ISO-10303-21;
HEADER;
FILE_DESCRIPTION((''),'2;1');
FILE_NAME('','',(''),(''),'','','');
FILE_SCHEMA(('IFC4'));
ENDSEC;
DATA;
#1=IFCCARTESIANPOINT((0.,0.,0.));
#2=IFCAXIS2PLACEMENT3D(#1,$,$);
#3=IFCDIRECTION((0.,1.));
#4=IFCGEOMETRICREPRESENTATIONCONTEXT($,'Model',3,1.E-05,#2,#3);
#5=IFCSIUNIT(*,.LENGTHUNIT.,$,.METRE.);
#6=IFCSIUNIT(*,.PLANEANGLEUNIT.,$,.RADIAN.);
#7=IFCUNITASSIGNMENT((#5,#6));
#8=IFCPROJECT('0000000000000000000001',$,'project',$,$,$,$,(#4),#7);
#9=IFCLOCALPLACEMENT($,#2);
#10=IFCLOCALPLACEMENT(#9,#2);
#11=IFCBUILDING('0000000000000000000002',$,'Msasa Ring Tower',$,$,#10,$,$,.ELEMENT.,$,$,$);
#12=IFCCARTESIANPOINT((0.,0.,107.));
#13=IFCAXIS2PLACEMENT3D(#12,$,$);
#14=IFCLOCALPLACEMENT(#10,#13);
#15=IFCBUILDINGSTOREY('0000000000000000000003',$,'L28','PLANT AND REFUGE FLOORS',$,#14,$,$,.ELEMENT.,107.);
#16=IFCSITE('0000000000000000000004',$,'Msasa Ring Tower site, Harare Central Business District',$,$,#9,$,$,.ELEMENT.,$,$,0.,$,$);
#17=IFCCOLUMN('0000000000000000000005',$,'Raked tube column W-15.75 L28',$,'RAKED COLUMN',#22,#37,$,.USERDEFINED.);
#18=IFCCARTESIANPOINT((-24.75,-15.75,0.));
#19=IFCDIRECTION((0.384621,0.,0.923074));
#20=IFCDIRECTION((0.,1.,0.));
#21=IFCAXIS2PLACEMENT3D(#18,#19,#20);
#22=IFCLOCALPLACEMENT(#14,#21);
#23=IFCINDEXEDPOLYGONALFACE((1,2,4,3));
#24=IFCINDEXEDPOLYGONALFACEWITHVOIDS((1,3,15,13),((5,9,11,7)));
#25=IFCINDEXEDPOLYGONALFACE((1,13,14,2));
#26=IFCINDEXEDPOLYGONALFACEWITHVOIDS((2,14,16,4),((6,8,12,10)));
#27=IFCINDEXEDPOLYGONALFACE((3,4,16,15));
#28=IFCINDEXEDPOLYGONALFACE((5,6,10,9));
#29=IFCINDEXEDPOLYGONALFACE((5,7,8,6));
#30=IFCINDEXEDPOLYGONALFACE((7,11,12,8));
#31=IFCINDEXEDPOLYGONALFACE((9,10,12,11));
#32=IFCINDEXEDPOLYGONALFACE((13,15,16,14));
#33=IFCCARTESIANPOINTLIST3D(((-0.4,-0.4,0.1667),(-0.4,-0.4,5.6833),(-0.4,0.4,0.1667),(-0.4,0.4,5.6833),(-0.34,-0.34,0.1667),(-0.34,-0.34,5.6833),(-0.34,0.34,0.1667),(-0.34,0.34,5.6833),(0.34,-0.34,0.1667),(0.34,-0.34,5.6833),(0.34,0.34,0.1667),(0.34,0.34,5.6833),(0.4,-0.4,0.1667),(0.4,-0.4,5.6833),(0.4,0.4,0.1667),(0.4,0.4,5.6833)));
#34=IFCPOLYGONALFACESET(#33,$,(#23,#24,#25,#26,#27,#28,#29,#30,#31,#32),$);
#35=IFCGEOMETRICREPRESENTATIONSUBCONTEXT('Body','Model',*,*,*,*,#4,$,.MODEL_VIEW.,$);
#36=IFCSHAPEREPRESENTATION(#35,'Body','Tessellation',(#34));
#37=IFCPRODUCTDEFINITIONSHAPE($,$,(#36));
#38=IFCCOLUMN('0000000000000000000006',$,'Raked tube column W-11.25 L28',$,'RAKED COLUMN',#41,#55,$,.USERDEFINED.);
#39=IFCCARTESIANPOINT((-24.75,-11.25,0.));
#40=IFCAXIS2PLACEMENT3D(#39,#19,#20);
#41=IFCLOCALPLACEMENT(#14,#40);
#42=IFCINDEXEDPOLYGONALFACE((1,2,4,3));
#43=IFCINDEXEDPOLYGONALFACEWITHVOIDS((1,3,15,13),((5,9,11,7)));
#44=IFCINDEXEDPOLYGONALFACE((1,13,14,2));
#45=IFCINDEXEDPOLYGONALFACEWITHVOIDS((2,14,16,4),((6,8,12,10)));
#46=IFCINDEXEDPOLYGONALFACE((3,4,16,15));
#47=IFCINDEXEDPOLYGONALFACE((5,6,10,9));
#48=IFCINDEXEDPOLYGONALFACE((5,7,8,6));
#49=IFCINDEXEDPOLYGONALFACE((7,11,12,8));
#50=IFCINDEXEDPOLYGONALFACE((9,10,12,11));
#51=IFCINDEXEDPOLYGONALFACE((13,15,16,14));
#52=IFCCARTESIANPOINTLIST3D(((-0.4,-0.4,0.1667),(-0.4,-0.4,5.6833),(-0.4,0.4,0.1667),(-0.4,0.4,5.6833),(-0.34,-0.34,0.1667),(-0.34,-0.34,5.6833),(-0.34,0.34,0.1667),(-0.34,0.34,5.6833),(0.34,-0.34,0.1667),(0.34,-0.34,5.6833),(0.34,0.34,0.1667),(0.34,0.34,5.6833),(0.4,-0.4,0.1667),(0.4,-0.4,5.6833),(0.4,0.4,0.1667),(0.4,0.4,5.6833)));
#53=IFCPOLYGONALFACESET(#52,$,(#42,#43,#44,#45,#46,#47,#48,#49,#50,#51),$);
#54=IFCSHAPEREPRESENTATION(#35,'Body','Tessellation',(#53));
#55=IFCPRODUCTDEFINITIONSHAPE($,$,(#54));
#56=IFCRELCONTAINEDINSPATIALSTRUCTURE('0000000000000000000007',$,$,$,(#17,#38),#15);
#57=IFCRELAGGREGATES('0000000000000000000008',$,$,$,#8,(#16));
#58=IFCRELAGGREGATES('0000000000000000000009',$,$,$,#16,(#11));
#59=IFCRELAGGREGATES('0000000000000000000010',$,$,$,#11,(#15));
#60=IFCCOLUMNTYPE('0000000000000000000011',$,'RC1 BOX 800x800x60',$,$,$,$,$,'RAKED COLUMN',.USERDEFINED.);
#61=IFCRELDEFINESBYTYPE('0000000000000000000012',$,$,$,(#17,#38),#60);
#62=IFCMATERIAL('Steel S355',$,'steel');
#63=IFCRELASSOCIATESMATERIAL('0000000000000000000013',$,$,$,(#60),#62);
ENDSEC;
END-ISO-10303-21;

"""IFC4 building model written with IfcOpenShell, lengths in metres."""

from ifc_helpers import new_model, si_unit, direction, frame, origin, origin_2d, place, context, subcontext, project, spatial, hollow_rectangle, extrude, clip, halfspace, material, material_profile, profile_set, type_object, element, save


model = new_model("IFC4")

# Units and contexts
model_context = context("Model", 3, precision=1e-05, world=origin(), true_north=direction((0.0, 1.0)))
body_context = subcontext(model_context, "Body", "Model", "MODEL_VIEW")
ifc_project = project(units=[si_unit("LENGTHUNIT", "METRE"), si_unit("PLANEANGLEUNIT", "RADIAN")], contexts=[model_context])

# Site, building, storey
site_placement = place(None, origin())
site = spatial("IfcSite", under=ifc_project, at=site_placement, Name="Msasa Ring Tower site, Harare Central Business District", CompositionType="ELEMENT", RefElevation=0.0)
building_placement = place(site_placement, origin())
building = spatial("IfcBuilding", under=site, at=building_placement, Name="Msasa Ring Tower", CompositionType="ELEMENT")
storey_placement = place(building_placement, frame((0.0, 0.0, 107.0)))
storey = spatial("IfcBuildingStorey", under=building, at=storey_placement, Name="L28", Description="PLANT AND REFUGE FLOORS", CompositionType="ELEMENT", Elevation=107.0)

# Columns
ifc_material_1 = material(Name="Steel S355", Category="steel")
ifc_material_profile_1 = material_profile(ifc_material_1, hollow_rectangle(XDim=0.8, YDim=0.8, WallThickness=0.0601, at=origin_2d()), Name="BOX 800x800x60")
ifc_profile_set_1 = profile_set([ifc_material_profile_1], Name="Steel S355")
column_type = type_object("IfcColumnType", Name="RC1 BOX 800x800x60", ElementType="RAKED COLUMN", PredefinedType="USERDEFINED", material=ifc_profile_set_1)
for number, where, z_axis, x_axis, name in (
    (1, (-24.75, -15.75, 0.0), (0.384621, 0.0, 0.923074), (0.0, 1.0, 0.0), "Raked tube column W-15.75 L28"),
    (2, (-24.75, -11.25, 0.0), (0.384621, 0.0, 0.923074), (0.0, 1.0, 0.0), "Raked tube column W-11.25 L28"),
):
    element("IfcColumn", number, at=place(storey_placement, frame(where, z_axis=z_axis, x_axis=x_axis)), inside=storey, type_object=column_type, Name=name, ObjectType="RAKED COLUMN", PredefinedType="USERDEFINED", context=body_context, shape_type="Clipping", body=[
        clip(clip(extrude(hollow_rectangle(XDim=0.8, YDim=0.8, WallThickness=0.0601, at=origin_2d()), origin(), (0.0, 0.0, 1.0), 5.8499), halfspace(frame((0.0, 0.0, 0.1667), z_axis=(0.0, 0.0, 1.0)), True)), halfspace(frame((0.0, 0.0, 5.6833), z_axis=(0.0, 0.0, -1.0)), True)),
    ])

save(model, "model.ifc")
